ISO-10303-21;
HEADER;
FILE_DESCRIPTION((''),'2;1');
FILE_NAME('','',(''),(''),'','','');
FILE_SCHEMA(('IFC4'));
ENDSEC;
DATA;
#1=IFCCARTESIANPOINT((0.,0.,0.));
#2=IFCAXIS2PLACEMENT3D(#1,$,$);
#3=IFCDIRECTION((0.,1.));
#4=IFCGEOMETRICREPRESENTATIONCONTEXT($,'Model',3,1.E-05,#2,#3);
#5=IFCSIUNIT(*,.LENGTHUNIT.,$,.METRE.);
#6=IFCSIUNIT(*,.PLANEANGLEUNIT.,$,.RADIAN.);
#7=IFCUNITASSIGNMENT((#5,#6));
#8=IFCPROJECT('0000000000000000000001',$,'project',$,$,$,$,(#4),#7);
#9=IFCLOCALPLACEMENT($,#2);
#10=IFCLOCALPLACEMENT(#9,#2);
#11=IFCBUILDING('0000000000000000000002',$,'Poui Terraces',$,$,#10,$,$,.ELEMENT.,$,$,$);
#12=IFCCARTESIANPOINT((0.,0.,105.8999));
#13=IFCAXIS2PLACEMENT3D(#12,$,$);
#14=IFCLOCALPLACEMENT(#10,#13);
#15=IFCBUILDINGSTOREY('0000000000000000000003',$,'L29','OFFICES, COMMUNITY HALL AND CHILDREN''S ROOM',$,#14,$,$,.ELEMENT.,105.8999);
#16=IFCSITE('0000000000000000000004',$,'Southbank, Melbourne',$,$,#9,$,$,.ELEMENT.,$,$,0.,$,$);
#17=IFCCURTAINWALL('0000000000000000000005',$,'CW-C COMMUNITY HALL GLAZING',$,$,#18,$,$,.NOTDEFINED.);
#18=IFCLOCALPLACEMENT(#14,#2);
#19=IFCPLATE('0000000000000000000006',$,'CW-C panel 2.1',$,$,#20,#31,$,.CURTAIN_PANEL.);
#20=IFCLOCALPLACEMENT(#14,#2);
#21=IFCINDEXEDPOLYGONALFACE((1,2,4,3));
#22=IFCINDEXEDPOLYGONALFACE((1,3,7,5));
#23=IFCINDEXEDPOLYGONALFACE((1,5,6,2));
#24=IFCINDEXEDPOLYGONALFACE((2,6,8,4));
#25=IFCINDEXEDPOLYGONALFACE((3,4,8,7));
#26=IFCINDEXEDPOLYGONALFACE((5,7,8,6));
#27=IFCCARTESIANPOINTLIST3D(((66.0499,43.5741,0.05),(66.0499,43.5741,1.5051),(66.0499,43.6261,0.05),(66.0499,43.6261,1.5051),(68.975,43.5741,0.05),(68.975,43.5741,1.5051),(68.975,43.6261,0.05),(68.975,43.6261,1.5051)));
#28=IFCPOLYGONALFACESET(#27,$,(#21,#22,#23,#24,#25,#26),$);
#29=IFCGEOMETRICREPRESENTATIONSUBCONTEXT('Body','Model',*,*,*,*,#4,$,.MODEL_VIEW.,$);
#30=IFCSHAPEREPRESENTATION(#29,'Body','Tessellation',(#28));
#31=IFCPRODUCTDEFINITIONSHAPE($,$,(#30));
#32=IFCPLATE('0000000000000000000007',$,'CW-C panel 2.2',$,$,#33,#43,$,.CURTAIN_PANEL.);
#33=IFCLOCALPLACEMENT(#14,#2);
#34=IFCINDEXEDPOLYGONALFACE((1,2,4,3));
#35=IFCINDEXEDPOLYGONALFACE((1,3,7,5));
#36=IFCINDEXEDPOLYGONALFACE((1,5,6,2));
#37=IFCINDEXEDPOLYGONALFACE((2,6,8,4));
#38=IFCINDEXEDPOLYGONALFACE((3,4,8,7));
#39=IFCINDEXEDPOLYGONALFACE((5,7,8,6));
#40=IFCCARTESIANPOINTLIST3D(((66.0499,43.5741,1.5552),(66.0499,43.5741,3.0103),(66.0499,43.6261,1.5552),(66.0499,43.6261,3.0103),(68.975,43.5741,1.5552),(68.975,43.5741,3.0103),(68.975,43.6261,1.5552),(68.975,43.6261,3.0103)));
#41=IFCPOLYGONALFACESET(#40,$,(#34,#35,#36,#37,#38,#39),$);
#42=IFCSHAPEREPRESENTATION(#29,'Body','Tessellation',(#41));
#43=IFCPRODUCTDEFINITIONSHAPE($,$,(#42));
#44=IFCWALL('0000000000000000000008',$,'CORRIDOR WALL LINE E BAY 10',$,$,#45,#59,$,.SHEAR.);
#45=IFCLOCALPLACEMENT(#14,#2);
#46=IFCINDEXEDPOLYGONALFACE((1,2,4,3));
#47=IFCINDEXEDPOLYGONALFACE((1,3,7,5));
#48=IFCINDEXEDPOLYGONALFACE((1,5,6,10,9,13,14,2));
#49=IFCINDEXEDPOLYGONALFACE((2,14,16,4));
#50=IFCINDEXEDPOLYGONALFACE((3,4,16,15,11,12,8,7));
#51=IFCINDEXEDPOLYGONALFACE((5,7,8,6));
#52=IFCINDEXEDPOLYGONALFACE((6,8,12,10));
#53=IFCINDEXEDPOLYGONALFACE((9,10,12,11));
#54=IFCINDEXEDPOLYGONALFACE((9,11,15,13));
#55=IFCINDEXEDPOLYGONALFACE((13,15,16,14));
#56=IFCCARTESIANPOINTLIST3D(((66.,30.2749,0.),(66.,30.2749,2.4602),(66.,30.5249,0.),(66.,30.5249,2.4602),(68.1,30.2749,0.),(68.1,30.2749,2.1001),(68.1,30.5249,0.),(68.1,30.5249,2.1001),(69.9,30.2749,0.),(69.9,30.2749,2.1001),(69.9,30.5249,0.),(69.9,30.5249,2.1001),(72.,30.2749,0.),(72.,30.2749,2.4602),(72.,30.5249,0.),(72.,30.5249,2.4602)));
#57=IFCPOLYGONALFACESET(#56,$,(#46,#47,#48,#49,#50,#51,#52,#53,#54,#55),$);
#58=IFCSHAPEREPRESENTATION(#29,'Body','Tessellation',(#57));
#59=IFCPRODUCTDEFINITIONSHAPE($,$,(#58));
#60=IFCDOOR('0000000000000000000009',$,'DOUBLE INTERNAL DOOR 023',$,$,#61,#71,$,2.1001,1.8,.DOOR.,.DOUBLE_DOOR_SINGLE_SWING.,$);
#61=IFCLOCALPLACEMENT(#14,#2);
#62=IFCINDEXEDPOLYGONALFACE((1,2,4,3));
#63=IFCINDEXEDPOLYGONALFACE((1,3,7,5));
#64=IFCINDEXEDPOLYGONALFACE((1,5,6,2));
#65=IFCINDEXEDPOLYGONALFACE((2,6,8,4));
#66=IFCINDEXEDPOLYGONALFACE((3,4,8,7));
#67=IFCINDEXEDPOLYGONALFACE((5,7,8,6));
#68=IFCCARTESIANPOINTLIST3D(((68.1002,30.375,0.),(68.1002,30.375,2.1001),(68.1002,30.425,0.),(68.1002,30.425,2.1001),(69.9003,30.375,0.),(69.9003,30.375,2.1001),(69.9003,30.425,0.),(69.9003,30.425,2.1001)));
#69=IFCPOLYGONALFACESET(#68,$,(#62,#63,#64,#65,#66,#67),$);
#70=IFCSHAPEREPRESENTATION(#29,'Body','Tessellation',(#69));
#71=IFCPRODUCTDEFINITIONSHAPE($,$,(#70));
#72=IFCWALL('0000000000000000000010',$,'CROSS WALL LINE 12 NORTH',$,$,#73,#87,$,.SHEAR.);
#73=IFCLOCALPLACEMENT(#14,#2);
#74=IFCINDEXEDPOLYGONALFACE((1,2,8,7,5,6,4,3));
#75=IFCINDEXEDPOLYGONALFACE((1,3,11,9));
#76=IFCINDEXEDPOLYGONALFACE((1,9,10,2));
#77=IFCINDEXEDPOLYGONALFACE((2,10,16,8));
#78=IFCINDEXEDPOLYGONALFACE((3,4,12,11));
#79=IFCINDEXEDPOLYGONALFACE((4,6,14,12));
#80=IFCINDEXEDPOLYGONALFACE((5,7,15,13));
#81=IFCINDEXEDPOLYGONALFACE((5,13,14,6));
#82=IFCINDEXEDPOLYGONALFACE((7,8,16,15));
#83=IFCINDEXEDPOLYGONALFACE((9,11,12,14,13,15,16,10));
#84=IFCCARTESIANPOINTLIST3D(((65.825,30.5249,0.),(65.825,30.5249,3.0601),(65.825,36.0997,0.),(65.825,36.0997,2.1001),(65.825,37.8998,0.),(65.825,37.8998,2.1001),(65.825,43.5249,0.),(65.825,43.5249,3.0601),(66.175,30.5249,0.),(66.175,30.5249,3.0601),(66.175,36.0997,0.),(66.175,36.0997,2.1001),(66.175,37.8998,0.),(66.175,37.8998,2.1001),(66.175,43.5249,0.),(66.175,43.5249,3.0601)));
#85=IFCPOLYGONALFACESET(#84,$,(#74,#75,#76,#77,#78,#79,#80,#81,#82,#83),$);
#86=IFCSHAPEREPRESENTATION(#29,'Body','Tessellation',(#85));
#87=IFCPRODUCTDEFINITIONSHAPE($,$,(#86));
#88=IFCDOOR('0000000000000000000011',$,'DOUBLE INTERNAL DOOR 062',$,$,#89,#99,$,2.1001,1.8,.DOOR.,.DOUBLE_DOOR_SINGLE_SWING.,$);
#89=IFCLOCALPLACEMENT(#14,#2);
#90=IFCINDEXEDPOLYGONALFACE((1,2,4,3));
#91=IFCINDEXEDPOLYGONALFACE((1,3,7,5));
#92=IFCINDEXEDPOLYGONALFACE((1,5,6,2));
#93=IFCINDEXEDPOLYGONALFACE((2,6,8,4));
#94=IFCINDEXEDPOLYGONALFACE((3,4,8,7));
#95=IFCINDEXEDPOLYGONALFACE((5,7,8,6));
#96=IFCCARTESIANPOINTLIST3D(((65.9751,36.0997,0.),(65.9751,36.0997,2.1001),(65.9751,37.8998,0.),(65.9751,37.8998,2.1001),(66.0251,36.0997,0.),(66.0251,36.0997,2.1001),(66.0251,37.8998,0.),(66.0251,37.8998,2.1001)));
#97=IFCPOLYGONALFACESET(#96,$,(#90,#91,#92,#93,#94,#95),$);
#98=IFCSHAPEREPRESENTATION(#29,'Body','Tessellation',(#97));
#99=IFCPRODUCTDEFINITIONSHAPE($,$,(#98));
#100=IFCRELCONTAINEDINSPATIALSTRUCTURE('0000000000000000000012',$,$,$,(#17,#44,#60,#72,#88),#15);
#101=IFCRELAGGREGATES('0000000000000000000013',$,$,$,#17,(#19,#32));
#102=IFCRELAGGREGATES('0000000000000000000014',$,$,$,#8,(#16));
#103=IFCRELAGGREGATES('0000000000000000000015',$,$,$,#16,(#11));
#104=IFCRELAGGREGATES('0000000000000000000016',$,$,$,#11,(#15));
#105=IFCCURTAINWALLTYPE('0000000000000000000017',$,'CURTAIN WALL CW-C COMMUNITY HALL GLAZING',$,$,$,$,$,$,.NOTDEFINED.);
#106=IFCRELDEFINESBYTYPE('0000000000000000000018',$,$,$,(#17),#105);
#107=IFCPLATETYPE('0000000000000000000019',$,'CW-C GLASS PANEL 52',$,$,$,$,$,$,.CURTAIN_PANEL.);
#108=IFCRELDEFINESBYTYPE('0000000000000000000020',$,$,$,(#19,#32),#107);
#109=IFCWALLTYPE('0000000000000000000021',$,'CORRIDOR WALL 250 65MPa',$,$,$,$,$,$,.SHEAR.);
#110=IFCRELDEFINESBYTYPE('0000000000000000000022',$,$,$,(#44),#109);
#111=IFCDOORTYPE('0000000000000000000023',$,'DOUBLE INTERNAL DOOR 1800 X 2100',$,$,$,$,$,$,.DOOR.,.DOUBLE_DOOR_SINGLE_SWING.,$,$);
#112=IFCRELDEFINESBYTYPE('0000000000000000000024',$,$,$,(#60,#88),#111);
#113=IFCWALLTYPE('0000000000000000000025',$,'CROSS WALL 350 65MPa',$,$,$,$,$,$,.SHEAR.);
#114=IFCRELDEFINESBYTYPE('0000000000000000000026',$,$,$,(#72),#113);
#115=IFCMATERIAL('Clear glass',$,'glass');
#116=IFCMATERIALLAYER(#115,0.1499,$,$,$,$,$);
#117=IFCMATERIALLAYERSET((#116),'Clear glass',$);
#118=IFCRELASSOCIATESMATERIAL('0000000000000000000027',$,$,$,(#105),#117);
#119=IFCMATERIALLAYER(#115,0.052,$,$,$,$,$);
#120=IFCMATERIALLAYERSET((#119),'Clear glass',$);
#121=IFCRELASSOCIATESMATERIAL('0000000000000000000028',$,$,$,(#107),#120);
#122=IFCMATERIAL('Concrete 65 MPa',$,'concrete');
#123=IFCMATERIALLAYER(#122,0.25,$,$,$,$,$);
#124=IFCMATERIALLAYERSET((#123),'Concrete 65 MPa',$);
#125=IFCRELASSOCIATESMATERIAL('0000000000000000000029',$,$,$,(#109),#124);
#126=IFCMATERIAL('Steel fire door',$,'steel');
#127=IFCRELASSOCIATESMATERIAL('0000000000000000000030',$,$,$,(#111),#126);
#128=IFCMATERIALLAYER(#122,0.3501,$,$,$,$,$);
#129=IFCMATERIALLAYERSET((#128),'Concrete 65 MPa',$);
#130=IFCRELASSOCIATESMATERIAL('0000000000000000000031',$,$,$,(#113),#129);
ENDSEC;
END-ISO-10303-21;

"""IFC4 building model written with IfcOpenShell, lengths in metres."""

from ifc_helpers import new_model, si_unit, direction, frame, frame_2d, origin, origin_2d, place, context, subcontext, project, spatial, rectangle, extrude, material, layer, layer_set, type_object, element, fill, aggregate, save


model = new_model("IFC4")

# Units and contexts
model_context = context("Model", 3, precision=1e-05, world=origin(), true_north=direction((0.0, 1.0)))
body_context = subcontext(model_context, "Body", "Model", "MODEL_VIEW")
ifc_project = project(units=[si_unit("LENGTHUNIT", "METRE"), si_unit("PLANEANGLEUNIT", "RADIAN")], contexts=[model_context])

# Site, building, storey
site_placement = place(None, origin())
site = spatial("IfcSite", under=ifc_project, at=site_placement, Name="Southbank, Melbourne", CompositionType="ELEMENT", RefElevation=0.0)
building_placement = place(site_placement, origin())
building = spatial("IfcBuilding", under=site, at=building_placement, Name="Poui Terraces", CompositionType="ELEMENT")
storey_placement = place(building_placement, frame((0.0, 0.0, 105.8999)))
storey = spatial("IfcBuildingStorey", under=building, at=storey_placement, Name="L29", Description="OFFICES, COMMUNITY HALL AND CHILDREN'S ROOM", CompositionType="ELEMENT", Elevation=105.8999)

# Curtain wall
ifc_material_1 = material(Name="Clear glass", Category="glass")
ifc_layer_1 = layer(ifc_material_1, 0.1499)
ifc_layer_set_1 = layer_set([ifc_layer_1], Name="Clear glass")
curtain_wall_type = type_object("IfcCurtainWallType", Name="CURTAIN WALL CW-C COMMUNITY HALL GLAZING", PredefinedType="NOTDEFINED", material=ifc_layer_set_1)
curtain_wall_1_placement = place(storey_placement, origin())
curtain_wall_1 = element("IfcCurtainWall", 1, at=curtain_wall_1_placement, inside=storey, type_object=curtain_wall_type, Name="CW-C COMMUNITY HALL GLAZING", PredefinedType="NOTDEFINED")

# Shared definitions
ifc_material_2 = material(Name="Concrete 65 MPa", Category="concrete")

# Plates
ifc_layer_2 = layer(ifc_material_1, 0.052)
ifc_layer_set_2 = layer_set([ifc_layer_2], Name="Clear glass")
plate_type = type_object("IfcPlateType", Name="CW-C GLASS PANEL 52", PredefinedType="CURTAIN_PANEL", material=ifc_layer_set_2)
plate_1_placement = place(storey_placement, frame((67.5125, 43.6001, 0.05), z_axis=(0.0, 0.0, 1.0), x_axis=(-1.0, 0.0, 0.0)))
plate_1 = element("IfcPlate", 2, at=plate_1_placement, type_object=plate_type, Name="CW-C panel 2.1", PredefinedType="CURTAIN_PANEL", context=body_context, shape_type="SweptSolid", body=[
    extrude(rectangle(XDim=2.925, YDim=0.052, at=origin_2d()), origin(), (0.0, 0.0, 1.0), 1.4551),
])
plate_2_placement = place(storey_placement, frame((67.5125, 43.6001, 1.5552), z_axis=(0.0, 0.0, 1.0), x_axis=(-1.0, 0.0, 0.0)))
plate_2 = element("IfcPlate", 3, at=plate_2_placement, type_object=plate_type, Name="CW-C panel 2.2", PredefinedType="CURTAIN_PANEL", context=body_context, shape_type="SweptSolid", body=[
    extrude(rectangle(XDim=2.925, YDim=0.052, at=origin_2d()), origin(), (0.0, 0.0, 1.0), 1.4551),
])
aggregate(curtain_wall_1, [plate_1, plate_2])

# Walls, openings, doors
ifc_layer_3 = layer(ifc_material_2, 0.25)
ifc_layer_set_3 = layer_set([ifc_layer_3], Name="Concrete 65 MPa")
wall_type_1 = type_object("IfcWallType", Name="CORRIDOR WALL 250 65MPa", PredefinedType="SHEAR", material=ifc_layer_set_3)
wall_1_placement = place(storey_placement, frame((66.0, 30.3999, 0.0), z_axis=(0.0, 0.0, 1.0), x_axis=(1.0, 0.0, 0.0)))
wall_1 = element("IfcWall", 4, at=wall_1_placement, inside=storey, type_object=wall_type_1, Name="CORRIDOR WALL LINE E BAY 10", PredefinedType="SHEAR", context=body_context, shape_type="SweptSolid", body=[
    extrude(rectangle(XDim=6.0, YDim=0.25, at=frame_2d((3.0, 0.0))), origin(), (0.0, 0.0, 1.0), 2.4602),
])
opening_1_placement = place(wall_1_placement, frame((2.1001, 0.0, 0.0)))
opening_1 = element("IfcOpeningElement", 5, at=opening_1_placement, cuts=wall_1, PredefinedType="OPENING", context=body_context, shape_type="SweptSolid", body=[
    extrude(rectangle(XDim=1.8, YDim=2.1001, at=frame_2d((0.8999, 1.05))), frame((0.0, 0.135, 0.0), z_axis=(0.0, -1.0, 0.0), x_axis=(1.0, 0.0, 0.0)), (0.0, 0.0, 1.0), 0.27),
])
ifc_material_3 = material(Name="Steel fire door", Category="steel")
door_type = type_object("IfcDoorType", Name="DOUBLE INTERNAL DOOR 1800 X 2100", OperationType="DOUBLE_DOOR_SINGLE_SWING", PredefinedType="DOOR", material=ifc_material_3)
door_1_placement = place(opening_1_placement, frame((1.8, 0.0, 0.0), z_axis=(0.0, 0.0, 1.0), x_axis=(-1.0, 0.0, 0.0)))
door_1 = element("IfcDoor", 6, at=door_1_placement, inside=storey, type_object=door_type, Name="DOUBLE INTERNAL DOOR 023", OperationType="DOUBLE_DOOR_SINGLE_SWING", OverallHeight=2.1001, OverallWidth=1.8, PredefinedType="DOOR", context=body_context, shape_type="SweptSolid", body=[
    extrude(rectangle(XDim=1.8, YDim=2.1001, at=frame_2d((0.8999, 1.05))), frame((0.0, 0.0249, 0.0), z_axis=(0.0, -1.0, 0.0), x_axis=(1.0, 0.0, 0.0)), (0.0, 0.0, 1.0), 0.05),
])
fill(opening_1, door_1)
ifc_layer_4 = layer(ifc_material_2, 0.3501)
ifc_layer_set_4 = layer_set([ifc_layer_4], Name="Concrete 65 MPa")
wall_type_2 = type_object("IfcWallType", Name="CROSS WALL 350 65MPa", PredefinedType="SHEAR", material=ifc_layer_set_4)
wall_2_placement = place(storey_placement, frame((66.0, 30.5249, 0.0), z_axis=(0.0, 0.0, 1.0), x_axis=(0.0, 1.0, 0.0)))
wall_2 = element("IfcWall", 7, at=wall_2_placement, inside=storey, type_object=wall_type_2, Name="CROSS WALL LINE 12 NORTH", PredefinedType="SHEAR", context=body_context, shape_type="SweptSolid", body=[
    extrude(rectangle(XDim=13.0, YDim=0.3501, at=frame_2d((6.5, 0.0))), origin(), (0.0, 0.0, 1.0), 3.0601),
])
opening_2_placement = place(wall_2_placement, frame((5.575, 0.0, 0.0)))
opening_2 = element("IfcOpeningElement", 8, at=opening_2_placement, cuts=wall_2, PredefinedType="OPENING", context=body_context, shape_type="SweptSolid", body=[
    extrude(rectangle(XDim=1.8, YDim=2.1001, at=frame_2d((0.8999, 1.05))), frame((0.0, 0.1851, 0.0), z_axis=(0.0, -1.0, 0.0), x_axis=(1.0, 0.0, 0.0)), (0.0, 0.0, 1.0), 0.3701),
])
door_2_placement = place(opening_2_placement, origin())
door_2 = element("IfcDoor", 9, at=door_2_placement, inside=storey, type_object=door_type, Name="DOUBLE INTERNAL DOOR 062", OperationType="DOUBLE_DOOR_SINGLE_SWING", OverallHeight=2.1001, OverallWidth=1.8, PredefinedType="DOOR", context=body_context, shape_type="SweptSolid", body=[
    extrude(rectangle(XDim=1.8, YDim=2.1001, at=frame_2d((0.8999, 1.05))), frame((0.0, 0.0249, 0.0), z_axis=(0.0, -1.0, 0.0), x_axis=(1.0, 0.0, 0.0)), (0.0, 0.0, 1.0), 0.05),
])
fill(opening_2, door_2)

save(model, "model.ifc")
